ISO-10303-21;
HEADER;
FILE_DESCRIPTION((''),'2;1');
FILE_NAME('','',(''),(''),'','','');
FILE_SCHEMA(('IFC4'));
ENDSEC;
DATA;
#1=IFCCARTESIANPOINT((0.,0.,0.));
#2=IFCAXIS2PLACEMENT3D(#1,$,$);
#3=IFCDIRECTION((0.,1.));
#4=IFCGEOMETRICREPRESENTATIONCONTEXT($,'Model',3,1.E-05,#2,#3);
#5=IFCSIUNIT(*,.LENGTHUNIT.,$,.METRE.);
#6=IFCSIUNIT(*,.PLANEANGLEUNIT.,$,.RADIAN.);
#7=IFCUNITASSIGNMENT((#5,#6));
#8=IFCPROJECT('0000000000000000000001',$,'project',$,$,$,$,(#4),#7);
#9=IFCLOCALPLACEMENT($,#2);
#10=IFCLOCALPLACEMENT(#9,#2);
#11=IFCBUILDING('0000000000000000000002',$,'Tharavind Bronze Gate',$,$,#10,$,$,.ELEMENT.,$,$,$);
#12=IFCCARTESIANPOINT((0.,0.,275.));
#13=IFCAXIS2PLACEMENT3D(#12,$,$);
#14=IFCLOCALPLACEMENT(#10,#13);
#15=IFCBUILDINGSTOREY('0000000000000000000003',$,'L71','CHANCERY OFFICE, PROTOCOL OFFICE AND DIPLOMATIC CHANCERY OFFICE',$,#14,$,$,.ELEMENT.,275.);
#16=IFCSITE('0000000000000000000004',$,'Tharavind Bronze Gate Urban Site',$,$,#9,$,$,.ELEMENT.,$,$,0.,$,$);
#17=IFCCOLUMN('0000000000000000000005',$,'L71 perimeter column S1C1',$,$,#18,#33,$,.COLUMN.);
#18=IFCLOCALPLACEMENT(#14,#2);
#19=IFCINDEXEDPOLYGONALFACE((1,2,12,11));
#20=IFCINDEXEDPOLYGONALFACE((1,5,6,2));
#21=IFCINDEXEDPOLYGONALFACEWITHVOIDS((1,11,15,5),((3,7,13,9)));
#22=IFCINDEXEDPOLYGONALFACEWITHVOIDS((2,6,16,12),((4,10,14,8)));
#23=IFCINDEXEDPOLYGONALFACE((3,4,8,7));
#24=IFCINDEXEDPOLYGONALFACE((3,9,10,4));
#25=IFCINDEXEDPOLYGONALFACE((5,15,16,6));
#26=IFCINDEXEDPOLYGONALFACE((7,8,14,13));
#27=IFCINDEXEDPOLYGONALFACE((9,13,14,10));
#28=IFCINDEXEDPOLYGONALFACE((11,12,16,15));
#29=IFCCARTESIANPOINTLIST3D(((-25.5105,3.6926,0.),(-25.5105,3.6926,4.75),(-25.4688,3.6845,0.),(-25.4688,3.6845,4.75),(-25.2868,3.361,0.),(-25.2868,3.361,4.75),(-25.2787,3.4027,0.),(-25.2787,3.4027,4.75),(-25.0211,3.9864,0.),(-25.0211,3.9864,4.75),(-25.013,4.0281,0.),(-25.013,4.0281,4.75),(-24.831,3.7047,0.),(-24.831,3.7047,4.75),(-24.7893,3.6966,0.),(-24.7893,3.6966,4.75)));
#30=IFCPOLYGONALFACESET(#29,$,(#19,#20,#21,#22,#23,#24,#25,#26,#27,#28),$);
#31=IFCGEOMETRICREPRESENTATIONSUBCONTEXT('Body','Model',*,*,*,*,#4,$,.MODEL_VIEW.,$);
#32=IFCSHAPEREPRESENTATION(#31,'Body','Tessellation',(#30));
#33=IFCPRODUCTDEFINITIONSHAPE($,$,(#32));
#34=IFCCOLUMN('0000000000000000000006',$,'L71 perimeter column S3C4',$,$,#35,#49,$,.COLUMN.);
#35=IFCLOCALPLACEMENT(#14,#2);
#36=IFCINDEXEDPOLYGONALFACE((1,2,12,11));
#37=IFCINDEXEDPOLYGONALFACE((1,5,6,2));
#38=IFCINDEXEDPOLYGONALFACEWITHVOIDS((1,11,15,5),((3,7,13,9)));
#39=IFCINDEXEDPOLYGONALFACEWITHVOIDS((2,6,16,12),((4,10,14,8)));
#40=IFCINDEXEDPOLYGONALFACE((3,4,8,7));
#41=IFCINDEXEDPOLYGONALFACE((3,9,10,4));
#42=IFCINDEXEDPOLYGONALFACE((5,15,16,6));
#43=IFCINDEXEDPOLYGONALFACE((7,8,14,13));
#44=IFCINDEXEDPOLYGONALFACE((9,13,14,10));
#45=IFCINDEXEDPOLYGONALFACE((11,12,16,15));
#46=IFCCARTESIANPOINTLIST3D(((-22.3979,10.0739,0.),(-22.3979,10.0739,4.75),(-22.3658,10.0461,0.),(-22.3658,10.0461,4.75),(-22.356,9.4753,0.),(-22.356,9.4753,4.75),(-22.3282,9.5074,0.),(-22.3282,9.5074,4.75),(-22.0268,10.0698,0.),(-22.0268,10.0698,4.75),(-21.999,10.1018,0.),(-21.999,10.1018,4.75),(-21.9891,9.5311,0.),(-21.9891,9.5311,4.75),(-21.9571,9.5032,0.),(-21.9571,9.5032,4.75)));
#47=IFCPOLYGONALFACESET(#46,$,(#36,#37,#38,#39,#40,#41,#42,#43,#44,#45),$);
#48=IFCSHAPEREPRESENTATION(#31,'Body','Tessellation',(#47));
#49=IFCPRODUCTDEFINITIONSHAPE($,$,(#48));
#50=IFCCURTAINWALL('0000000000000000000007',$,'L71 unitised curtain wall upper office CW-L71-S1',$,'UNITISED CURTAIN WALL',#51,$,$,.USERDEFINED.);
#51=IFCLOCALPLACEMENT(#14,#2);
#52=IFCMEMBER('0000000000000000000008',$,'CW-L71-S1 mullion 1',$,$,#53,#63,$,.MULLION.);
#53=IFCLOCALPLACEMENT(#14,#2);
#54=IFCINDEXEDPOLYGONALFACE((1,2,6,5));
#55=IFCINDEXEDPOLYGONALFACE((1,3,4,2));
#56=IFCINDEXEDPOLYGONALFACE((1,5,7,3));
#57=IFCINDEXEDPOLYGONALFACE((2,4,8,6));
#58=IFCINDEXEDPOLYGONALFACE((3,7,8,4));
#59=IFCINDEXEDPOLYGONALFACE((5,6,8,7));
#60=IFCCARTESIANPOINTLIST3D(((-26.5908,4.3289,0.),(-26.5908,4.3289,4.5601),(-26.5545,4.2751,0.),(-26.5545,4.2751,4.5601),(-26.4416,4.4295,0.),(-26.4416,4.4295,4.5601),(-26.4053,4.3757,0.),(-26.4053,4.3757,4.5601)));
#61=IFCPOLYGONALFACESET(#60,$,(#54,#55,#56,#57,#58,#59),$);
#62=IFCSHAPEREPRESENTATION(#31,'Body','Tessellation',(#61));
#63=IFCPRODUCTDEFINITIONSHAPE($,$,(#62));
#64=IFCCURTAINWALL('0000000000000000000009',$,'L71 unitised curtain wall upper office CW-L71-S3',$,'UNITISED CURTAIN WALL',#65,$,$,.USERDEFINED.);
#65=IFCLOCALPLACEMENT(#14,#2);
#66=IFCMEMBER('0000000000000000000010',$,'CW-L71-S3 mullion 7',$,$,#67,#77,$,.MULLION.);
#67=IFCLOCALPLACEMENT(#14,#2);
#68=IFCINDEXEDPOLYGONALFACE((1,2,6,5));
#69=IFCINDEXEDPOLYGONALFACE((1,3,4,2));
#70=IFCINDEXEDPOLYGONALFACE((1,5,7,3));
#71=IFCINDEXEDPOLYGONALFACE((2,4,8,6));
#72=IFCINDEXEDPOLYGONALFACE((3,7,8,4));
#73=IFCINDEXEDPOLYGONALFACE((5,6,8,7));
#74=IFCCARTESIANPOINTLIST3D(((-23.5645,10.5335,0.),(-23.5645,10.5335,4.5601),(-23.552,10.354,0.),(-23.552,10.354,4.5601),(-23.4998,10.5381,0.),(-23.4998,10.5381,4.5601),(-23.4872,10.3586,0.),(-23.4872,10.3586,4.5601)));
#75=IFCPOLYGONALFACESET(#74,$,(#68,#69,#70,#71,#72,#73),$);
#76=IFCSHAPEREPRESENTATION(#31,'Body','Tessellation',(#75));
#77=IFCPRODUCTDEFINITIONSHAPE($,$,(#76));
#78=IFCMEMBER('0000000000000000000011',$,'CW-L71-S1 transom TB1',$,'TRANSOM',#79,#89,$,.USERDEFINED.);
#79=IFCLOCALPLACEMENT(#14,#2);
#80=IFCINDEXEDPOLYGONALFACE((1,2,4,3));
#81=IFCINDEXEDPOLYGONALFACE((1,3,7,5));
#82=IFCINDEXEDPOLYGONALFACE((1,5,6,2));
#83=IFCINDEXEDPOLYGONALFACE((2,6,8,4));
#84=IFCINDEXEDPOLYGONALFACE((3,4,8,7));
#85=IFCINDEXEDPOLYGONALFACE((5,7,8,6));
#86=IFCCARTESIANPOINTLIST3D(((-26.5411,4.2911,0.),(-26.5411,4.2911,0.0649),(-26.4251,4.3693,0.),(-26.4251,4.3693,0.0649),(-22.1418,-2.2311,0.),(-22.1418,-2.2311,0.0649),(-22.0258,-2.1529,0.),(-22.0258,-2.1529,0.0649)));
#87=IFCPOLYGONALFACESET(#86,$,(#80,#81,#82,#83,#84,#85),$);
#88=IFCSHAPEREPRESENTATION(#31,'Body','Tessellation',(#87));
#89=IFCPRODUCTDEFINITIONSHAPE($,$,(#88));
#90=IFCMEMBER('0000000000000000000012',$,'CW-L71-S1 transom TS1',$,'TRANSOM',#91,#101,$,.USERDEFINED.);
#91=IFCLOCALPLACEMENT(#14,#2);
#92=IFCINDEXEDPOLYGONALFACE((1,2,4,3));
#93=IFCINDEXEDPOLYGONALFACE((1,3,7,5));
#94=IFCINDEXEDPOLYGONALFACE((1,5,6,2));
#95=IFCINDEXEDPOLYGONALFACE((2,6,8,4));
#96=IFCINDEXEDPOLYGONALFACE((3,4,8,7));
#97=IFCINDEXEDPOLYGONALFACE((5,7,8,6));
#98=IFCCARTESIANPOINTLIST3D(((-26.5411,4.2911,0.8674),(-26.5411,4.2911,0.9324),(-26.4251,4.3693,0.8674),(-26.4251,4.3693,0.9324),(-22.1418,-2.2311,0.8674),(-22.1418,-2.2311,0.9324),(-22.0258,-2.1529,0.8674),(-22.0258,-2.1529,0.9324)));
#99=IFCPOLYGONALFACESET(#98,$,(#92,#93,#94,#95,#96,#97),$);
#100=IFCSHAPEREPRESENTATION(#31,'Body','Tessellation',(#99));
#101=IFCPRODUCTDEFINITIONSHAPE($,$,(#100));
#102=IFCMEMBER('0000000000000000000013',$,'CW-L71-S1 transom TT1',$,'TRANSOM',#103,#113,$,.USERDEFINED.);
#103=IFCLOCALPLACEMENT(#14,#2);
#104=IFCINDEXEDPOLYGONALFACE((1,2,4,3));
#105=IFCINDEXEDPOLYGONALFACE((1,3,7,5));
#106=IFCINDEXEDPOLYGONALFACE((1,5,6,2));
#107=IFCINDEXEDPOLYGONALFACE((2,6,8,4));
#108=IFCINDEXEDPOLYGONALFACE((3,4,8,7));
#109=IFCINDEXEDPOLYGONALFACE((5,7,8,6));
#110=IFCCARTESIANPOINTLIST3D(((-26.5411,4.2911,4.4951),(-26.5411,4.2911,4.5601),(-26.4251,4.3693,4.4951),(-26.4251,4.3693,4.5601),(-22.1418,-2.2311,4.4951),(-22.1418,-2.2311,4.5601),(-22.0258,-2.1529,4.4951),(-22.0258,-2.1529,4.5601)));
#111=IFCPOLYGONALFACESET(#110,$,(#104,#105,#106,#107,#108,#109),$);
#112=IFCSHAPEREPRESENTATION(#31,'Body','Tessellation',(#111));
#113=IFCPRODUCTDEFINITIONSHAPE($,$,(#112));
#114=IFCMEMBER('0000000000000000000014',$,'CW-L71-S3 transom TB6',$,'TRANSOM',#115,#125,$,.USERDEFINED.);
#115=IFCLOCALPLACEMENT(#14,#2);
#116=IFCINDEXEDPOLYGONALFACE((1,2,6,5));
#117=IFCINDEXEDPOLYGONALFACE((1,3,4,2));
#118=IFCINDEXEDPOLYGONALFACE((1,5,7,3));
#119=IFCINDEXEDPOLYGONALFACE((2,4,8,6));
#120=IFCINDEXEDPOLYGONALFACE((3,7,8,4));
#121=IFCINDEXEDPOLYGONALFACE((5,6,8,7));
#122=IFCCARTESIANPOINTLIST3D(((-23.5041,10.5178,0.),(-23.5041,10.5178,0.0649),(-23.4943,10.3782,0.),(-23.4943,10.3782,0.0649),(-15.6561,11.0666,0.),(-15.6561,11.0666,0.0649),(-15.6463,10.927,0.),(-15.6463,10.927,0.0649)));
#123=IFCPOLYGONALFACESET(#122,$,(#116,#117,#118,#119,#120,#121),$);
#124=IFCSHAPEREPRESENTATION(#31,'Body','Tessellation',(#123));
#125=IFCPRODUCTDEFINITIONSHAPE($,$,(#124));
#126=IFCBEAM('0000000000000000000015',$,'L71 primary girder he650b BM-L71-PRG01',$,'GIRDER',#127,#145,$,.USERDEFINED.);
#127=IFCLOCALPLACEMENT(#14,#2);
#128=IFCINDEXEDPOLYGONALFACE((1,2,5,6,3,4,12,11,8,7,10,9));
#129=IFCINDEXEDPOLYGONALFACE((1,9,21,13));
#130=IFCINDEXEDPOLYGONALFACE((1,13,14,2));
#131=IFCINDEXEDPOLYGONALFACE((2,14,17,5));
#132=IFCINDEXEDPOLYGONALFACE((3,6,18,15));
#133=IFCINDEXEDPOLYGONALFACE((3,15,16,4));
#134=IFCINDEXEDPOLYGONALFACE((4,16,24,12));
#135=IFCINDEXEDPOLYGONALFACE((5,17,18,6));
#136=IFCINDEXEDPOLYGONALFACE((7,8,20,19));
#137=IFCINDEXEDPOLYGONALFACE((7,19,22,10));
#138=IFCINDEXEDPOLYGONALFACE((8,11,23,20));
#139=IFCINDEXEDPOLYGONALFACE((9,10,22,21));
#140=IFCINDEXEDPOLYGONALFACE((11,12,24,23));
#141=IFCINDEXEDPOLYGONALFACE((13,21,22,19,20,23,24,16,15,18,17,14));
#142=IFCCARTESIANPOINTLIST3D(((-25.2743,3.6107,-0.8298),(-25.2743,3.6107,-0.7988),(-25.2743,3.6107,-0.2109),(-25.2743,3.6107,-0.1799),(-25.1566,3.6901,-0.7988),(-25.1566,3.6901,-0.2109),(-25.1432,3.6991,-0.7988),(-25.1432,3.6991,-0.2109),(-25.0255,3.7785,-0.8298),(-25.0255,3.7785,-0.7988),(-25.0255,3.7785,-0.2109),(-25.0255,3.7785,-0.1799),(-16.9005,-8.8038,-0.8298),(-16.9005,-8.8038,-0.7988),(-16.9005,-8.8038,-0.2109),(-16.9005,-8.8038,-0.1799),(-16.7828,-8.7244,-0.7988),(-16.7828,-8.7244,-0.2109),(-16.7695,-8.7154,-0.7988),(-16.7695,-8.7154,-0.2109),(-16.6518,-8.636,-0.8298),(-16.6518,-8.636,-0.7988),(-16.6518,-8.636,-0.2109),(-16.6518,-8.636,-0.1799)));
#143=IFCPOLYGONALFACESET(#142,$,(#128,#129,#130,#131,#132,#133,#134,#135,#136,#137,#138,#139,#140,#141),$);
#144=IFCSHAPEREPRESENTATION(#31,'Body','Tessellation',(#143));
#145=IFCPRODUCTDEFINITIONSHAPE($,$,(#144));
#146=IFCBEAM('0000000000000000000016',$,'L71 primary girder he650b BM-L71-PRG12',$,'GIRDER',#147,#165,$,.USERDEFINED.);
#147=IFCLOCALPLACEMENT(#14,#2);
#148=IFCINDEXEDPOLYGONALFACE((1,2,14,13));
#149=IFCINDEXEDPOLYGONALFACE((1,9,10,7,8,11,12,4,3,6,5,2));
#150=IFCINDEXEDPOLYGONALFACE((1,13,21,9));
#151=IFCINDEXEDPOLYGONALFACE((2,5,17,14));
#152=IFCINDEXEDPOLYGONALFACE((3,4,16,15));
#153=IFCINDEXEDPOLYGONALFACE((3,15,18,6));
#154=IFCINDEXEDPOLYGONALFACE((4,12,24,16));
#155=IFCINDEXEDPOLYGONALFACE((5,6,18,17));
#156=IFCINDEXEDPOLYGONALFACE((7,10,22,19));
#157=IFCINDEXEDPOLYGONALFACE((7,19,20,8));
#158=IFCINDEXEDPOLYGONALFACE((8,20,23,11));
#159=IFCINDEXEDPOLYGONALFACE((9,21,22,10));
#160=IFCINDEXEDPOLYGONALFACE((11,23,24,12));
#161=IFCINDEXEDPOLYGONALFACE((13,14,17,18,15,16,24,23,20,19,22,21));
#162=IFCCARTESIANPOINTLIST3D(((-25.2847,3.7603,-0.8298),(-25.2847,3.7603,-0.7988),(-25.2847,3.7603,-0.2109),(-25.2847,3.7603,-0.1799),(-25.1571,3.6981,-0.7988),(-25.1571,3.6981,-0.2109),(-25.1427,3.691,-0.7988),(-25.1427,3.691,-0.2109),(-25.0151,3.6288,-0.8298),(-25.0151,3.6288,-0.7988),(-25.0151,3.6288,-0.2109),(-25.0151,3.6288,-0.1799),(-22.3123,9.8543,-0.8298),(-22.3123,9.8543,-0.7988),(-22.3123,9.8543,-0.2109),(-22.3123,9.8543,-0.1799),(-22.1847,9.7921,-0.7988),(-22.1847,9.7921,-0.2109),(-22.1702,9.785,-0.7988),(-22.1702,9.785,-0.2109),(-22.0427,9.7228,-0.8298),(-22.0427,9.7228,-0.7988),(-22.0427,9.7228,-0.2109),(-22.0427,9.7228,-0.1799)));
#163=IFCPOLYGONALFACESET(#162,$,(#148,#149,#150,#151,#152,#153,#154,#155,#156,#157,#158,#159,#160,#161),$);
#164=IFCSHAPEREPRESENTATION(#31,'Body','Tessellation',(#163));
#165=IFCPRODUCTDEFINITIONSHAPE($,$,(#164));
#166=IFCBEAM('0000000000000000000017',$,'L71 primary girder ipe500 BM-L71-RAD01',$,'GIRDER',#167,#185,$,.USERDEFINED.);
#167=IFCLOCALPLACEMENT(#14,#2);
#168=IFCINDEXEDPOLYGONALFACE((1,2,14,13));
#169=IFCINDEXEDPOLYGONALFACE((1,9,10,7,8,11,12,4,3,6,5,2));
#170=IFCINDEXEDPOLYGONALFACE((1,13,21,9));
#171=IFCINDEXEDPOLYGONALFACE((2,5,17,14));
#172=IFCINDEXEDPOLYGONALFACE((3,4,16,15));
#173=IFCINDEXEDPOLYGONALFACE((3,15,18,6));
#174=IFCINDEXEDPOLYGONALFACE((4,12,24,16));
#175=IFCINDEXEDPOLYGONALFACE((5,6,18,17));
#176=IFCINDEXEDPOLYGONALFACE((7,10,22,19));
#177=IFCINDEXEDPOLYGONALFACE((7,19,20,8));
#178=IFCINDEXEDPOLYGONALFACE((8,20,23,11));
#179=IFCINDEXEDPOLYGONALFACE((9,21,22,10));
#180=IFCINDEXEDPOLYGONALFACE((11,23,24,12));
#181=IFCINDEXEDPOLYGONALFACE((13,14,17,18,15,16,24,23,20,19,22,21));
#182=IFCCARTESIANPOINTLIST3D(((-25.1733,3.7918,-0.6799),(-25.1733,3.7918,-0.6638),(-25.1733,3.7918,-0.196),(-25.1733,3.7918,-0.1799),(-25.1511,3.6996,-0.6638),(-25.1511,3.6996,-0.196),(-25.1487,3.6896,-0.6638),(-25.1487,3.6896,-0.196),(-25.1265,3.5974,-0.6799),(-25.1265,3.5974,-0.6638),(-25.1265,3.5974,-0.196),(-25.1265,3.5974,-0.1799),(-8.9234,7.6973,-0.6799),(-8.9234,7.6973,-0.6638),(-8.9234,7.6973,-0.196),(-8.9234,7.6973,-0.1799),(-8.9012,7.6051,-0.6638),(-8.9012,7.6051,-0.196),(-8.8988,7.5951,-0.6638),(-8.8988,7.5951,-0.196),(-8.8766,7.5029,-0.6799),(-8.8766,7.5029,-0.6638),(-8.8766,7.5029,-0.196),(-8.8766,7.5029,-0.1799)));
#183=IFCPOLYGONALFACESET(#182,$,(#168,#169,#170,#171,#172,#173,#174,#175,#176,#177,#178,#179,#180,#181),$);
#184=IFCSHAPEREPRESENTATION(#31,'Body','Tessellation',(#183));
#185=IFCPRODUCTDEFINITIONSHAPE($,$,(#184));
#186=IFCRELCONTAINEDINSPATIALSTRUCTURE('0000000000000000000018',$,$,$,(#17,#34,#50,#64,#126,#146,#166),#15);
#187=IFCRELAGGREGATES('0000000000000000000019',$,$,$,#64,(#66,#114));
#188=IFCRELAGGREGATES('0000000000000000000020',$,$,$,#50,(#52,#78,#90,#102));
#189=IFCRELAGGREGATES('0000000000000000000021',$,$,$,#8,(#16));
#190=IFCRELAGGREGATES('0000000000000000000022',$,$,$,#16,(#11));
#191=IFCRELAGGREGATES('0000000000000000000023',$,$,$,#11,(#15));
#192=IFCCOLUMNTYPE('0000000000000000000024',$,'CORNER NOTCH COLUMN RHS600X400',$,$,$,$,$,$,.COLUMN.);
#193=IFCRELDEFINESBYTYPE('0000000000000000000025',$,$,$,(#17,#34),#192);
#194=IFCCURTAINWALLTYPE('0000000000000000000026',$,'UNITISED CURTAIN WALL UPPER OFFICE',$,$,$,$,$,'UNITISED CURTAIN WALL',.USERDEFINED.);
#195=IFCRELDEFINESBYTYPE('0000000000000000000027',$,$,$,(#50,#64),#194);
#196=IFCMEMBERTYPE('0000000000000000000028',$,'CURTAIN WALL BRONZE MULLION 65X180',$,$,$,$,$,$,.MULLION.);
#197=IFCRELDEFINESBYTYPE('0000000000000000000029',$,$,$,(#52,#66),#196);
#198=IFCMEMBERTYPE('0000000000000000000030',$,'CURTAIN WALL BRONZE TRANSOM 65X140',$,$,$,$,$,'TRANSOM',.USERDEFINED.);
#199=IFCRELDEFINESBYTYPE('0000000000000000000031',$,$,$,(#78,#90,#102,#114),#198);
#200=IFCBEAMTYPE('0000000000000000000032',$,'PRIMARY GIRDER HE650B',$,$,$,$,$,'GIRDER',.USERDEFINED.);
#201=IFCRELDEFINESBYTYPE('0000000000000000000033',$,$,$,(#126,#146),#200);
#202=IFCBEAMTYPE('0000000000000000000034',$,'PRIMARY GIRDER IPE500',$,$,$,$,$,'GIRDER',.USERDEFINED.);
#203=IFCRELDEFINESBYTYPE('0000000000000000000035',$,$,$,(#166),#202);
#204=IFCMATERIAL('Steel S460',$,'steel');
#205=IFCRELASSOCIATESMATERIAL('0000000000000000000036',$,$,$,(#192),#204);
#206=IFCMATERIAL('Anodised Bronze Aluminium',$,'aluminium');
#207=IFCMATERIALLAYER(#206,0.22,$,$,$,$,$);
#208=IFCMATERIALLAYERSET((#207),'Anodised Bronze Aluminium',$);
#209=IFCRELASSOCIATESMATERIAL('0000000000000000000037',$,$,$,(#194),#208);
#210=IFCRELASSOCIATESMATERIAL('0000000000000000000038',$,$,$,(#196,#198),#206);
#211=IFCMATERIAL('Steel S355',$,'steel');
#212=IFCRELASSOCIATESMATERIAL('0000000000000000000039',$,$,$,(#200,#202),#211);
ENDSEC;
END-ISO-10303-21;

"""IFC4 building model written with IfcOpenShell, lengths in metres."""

from ifc_helpers import new_model, si_unit, direction, frame, origin, origin_2d, place, context, subcontext, project, spatial, rectangle, hollow_rectangle, i_section, extrude, material, layer, layer_set, material_profile, profile_set, type_object, element, aggregate, save


model = new_model("IFC4")

# Units and contexts
model_context = context("Model", 3, precision=1e-05, world=origin(), true_north=direction((0.0, 1.0)))
body_context = subcontext(model_context, "Body", "Model", "MODEL_VIEW")
ifc_project = project(units=[si_unit("LENGTHUNIT", "METRE"), si_unit("PLANEANGLEUNIT", "RADIAN")], contexts=[model_context])

# Site, building, storey
site_placement = place(None, origin())
site = spatial("IfcSite", under=ifc_project, at=site_placement, Name="Tharavind Bronze Gate Urban Site", CompositionType="ELEMENT", RefElevation=0.0)
building_placement = place(site_placement, origin())
building = spatial("IfcBuilding", under=site, at=building_placement, Name="Tharavind Bronze Gate", CompositionType="ELEMENT")
storey_placement = place(building_placement, frame((0.0, 0.0, 275.0)))
storey = spatial("IfcBuildingStorey", under=building, at=storey_placement, Name="L71", Description="CHANCERY OFFICE, PROTOCOL OFFICE AND DIPLOMATIC CHANCERY OFFICE", CompositionType="ELEMENT", Elevation=275.0)

# Columns
ifc_material_1 = material(Name="Steel S460", Category="steel")
ifc_material_profile_1 = material_profile(ifc_material_1, hollow_rectangle(XDim=0.3999, YDim=0.6001, WallThickness=0.03, at=origin_2d()), Name="RHS600X400X30")
ifc_profile_set_1 = profile_set([ifc_material_profile_1], Name="Steel S460")
column_type = type_object("IfcColumnType", Name="CORNER NOTCH COLUMN RHS600X400", PredefinedType="COLUMN", material=ifc_profile_set_1)
for number, where, z_axis, x_axis, name in (
    (1, (-25.1499, 3.6946, 0.0), (0.0, 0.0, 1.0), (-0.559193, 0.829038, 0.0), "L71 perimeter column S1C1"),
    (2, (-22.1775, 9.7886, 0.0), (0.0, 0.0, 1.0), (0.997564, 0.069758, 0.0), "L71 perimeter column S3C4"),
):
    element("IfcColumn", number, at=place(storey_placement, frame(where, z_axis=z_axis, x_axis=x_axis)), inside=storey, type_object=column_type, Name=name, PredefinedType="COLUMN", context=body_context, shape_type="SweptSolid", body=[
        extrude(hollow_rectangle(XDim=0.3999, YDim=0.6001, WallThickness=0.03, at=origin_2d()), origin(), (0.0, 0.0, 1.0), 4.75),
    ])

# Curtain walls, members
ifc_material_2 = material(Name="Anodised Bronze Aluminium", Category="aluminium")
ifc_layer_1 = layer(ifc_material_2, 0.22)
ifc_layer_set_1 = layer_set([ifc_layer_1], Name="Anodised Bronze Aluminium")
curtain_wall_type = type_object("IfcCurtainWallType", Name="UNITISED CURTAIN WALL UPPER OFFICE", ElementType="UNITISED CURTAIN WALL", PredefinedType="USERDEFINED", material=ifc_layer_set_1)
curtain_wall_1_placement = place(storey_placement, origin())
curtain_wall_1 = element("IfcCurtainWall", 3, at=curtain_wall_1_placement, inside=storey, type_object=curtain_wall_type, Name="L71 unitised curtain wall upper office CW-L71-S1", ObjectType="UNITISED CURTAIN WALL", PredefinedType="USERDEFINED")
member_type_1 = type_object("IfcMemberType", Name="CURTAIN WALL BRONZE MULLION 65X180", PredefinedType="MULLION", material=ifc_material_2)
member_1_placement = place(storey_placement, frame((-26.498, 4.3523, 0.0), z_axis=(0.0, 0.0, 1.0), x_axis=(0.559191, -0.829039, 0.0)))
member_1 = element("IfcMember", 4, at=member_1_placement, type_object=member_type_1, Name="CW-L71-S1 mullion 1", PredefinedType="MULLION", context=body_context, shape_type="SweptSolid", body=[
    extrude(rectangle(XDim=0.0649, YDim=0.1799, at=origin_2d()), origin(), (0.0, 0.0, 1.0), 4.5601),
])
curtain_wall_2_placement = place(storey_placement, origin())
curtain_wall_2 = element("IfcCurtainWall", 5, at=curtain_wall_2_placement, inside=storey, type_object=curtain_wall_type, Name="L71 unitised curtain wall upper office CW-L71-S3", ObjectType="UNITISED CURTAIN WALL", PredefinedType="USERDEFINED")
member_2_placement = place(storey_placement, frame((-23.5259, 10.446, 0.0), z_axis=(0.0, 0.0, 1.0), x_axis=(-0.997564, -0.06976, 0.0)))
member_2 = element("IfcMember", 6, at=member_2_placement, type_object=member_type_1, Name="CW-L71-S3 mullion 7", PredefinedType="MULLION", context=body_context, shape_type="SweptSolid", body=[
    extrude(rectangle(XDim=0.0649, YDim=0.1799, at=origin_2d()), origin(), (0.0, 0.0, 1.0), 4.5601),
])

# Members
member_type_2 = type_object("IfcMemberType", Name="CURTAIN WALL BRONZE TRANSOM 65X140", ElementType="TRANSOM", PredefinedType="USERDEFINED", material=ifc_material_2)
member_3_placement = place(storey_placement, frame((-24.2834, 1.0691, 0.0), z_axis=(0.0, 0.0, 1.0), x_axis=(0.559191, -0.829039, 0.0)))
member_3 = element("IfcMember", 7, at=member_3_placement, type_object=member_type_2, Name="CW-L71-S1 transom TB1", ObjectType="TRANSOM", PredefinedType="USERDEFINED", context=body_context, shape_type="SweptSolid", body=[
    extrude(rectangle(XDim=7.8672, YDim=0.1399, at=origin_2d()), origin(), (0.0, 0.0, 1.0), 0.0649),
])
member_4_placement = place(storey_placement, frame((-24.2834, 1.0691, 0.8674), z_axis=(0.0, 0.0, 1.0), x_axis=(0.559191, -0.829039, 0.0)))
member_4 = element("IfcMember", 8, at=member_4_placement, type_object=member_type_2, Name="CW-L71-S1 transom TS1", ObjectType="TRANSOM", PredefinedType="USERDEFINED", context=body_context, shape_type="SweptSolid", body=[
    extrude(rectangle(XDim=7.8672, YDim=0.1399, at=origin_2d()), origin(), (0.0, 0.0, 1.0), 0.0649),
])
member_5_placement = place(storey_placement, frame((-24.2834, 1.0691, 4.4951), z_axis=(0.0, 0.0, 1.0), x_axis=(0.559191, -0.829039, 0.0)))
member_5 = element("IfcMember", 9, at=member_5_placement, type_object=member_type_2, Name="CW-L71-S1 transom TT1", ObjectType="TRANSOM", PredefinedType="USERDEFINED", context=body_context, shape_type="SweptSolid", body=[
    extrude(rectangle(XDim=7.8672, YDim=0.1399, at=origin_2d()), origin(), (0.0, 0.0, 1.0), 0.0649),
])
member_6_placement = place(storey_placement, frame((-19.5752, 10.7224, 0.0), z_axis=(0.0, 0.0, 1.0), x_axis=(-0.997564, -0.06976, 0.0)))
member_6 = element("IfcMember", 10, at=member_6_placement, type_object=member_type_2, Name="CW-L71-S3 transom TB6", ObjectType="TRANSOM", PredefinedType="USERDEFINED", context=body_context, shape_type="SweptSolid", body=[
    extrude(rectangle(XDim=7.8672, YDim=0.1399, at=origin_2d()), origin(), (0.0, 0.0, 1.0), 0.0649),
])
aggregate(curtain_wall_2, [member_2, member_6])

# Beams
ifc_material_3 = material(Name="Steel S355", Category="steel")
ifc_material_profile_2 = material_profile(ifc_material_3, i_section(OverallWidth=0.3, OverallDepth=0.6499, WebThickness=0.0161, FlangeThickness=0.031, at=origin_2d()), Name="HE650B")
ifc_profile_set_2 = profile_set([ifc_material_profile_2], Name="Steel S355")
beam_type_1 = type_object("IfcBeamType", Name="PRIMARY GIRDER HE650B", ElementType="GIRDER", PredefinedType="USERDEFINED", material=ifc_profile_set_2)
beam_1_placement = place(storey_placement, frame((-25.1499, 3.6946, -0.5049), z_axis=(0.559196, -0.829036, 0.0), x_axis=(0.829036, 0.559196, 0.0)))
element("IfcBeam", 11, at=beam_1_placement, inside=storey, type_object=beam_type_1, Name="L71 primary girder he650b BM-L71-PRG01", ObjectType="GIRDER", PredefinedType="USERDEFINED", context=body_context, shape_type="SweptSolid", body=[
    extrude(i_section(OverallWidth=0.3, OverallDepth=0.6499, WebThickness=0.0161, FlangeThickness=0.031, at=origin_2d()), origin(), (0.0, 0.0, 1.0), 14.9746),
])
beam_2_placement = place(storey_placement, frame((-22.1775, 9.7886, -0.5049), z_axis=(-0.438392, -0.898784, 0.0), x_axis=(0.898784, -0.438392, 0.0)))
element("IfcBeam", 12, at=beam_2_placement, inside=storey, type_object=beam_type_1, Name="L71 primary girder he650b BM-L71-PRG12", ObjectType="GIRDER", PredefinedType="USERDEFINED", context=body_context, shape_type="SweptSolid", body=[
    extrude(i_section(OverallWidth=0.3, OverallDepth=0.6499, WebThickness=0.0161, FlangeThickness=0.031, at=origin_2d()), origin(), (0.0, 0.0, 1.0), 6.7803),
])
ifc_material_profile_3 = material_profile(ifc_material_3, i_section(OverallWidth=0.2, OverallDepth=0.5, WebThickness=0.0103, FlangeThickness=0.0161, at=origin_2d()), Name="IPE500")
ifc_profile_set_3 = profile_set([ifc_material_profile_3], Name="Steel S355")
beam_type_2 = type_object("IfcBeamType", Name="PRIMARY GIRDER IPE500", ElementType="GIRDER", PredefinedType="USERDEFINED", material=ifc_profile_set_3)
beam_3_placement = place(storey_placement, frame((-25.1499, 3.6946, -0.4299), z_axis=(0.972312, 0.233685, 0.0), x_axis=(-0.233685, 0.972312, 0.0)))
element("IfcBeam", 13, at=beam_3_placement, inside=storey, type_object=beam_type_2, Name="L71 primary girder ipe500 BM-L71-RAD01", ObjectType="GIRDER", PredefinedType="USERDEFINED", context=body_context, shape_type="SweptSolid", body=[
    extrude(i_section(OverallWidth=0.2, OverallDepth=0.5, WebThickness=0.0103, FlangeThickness=0.0161, at=origin_2d()), origin(), (0.0, 0.0, 1.0), 16.7126),
])

aggregate(curtain_wall_1, [member_1, member_3, member_4, member_5])

save(model, "model.ifc")
